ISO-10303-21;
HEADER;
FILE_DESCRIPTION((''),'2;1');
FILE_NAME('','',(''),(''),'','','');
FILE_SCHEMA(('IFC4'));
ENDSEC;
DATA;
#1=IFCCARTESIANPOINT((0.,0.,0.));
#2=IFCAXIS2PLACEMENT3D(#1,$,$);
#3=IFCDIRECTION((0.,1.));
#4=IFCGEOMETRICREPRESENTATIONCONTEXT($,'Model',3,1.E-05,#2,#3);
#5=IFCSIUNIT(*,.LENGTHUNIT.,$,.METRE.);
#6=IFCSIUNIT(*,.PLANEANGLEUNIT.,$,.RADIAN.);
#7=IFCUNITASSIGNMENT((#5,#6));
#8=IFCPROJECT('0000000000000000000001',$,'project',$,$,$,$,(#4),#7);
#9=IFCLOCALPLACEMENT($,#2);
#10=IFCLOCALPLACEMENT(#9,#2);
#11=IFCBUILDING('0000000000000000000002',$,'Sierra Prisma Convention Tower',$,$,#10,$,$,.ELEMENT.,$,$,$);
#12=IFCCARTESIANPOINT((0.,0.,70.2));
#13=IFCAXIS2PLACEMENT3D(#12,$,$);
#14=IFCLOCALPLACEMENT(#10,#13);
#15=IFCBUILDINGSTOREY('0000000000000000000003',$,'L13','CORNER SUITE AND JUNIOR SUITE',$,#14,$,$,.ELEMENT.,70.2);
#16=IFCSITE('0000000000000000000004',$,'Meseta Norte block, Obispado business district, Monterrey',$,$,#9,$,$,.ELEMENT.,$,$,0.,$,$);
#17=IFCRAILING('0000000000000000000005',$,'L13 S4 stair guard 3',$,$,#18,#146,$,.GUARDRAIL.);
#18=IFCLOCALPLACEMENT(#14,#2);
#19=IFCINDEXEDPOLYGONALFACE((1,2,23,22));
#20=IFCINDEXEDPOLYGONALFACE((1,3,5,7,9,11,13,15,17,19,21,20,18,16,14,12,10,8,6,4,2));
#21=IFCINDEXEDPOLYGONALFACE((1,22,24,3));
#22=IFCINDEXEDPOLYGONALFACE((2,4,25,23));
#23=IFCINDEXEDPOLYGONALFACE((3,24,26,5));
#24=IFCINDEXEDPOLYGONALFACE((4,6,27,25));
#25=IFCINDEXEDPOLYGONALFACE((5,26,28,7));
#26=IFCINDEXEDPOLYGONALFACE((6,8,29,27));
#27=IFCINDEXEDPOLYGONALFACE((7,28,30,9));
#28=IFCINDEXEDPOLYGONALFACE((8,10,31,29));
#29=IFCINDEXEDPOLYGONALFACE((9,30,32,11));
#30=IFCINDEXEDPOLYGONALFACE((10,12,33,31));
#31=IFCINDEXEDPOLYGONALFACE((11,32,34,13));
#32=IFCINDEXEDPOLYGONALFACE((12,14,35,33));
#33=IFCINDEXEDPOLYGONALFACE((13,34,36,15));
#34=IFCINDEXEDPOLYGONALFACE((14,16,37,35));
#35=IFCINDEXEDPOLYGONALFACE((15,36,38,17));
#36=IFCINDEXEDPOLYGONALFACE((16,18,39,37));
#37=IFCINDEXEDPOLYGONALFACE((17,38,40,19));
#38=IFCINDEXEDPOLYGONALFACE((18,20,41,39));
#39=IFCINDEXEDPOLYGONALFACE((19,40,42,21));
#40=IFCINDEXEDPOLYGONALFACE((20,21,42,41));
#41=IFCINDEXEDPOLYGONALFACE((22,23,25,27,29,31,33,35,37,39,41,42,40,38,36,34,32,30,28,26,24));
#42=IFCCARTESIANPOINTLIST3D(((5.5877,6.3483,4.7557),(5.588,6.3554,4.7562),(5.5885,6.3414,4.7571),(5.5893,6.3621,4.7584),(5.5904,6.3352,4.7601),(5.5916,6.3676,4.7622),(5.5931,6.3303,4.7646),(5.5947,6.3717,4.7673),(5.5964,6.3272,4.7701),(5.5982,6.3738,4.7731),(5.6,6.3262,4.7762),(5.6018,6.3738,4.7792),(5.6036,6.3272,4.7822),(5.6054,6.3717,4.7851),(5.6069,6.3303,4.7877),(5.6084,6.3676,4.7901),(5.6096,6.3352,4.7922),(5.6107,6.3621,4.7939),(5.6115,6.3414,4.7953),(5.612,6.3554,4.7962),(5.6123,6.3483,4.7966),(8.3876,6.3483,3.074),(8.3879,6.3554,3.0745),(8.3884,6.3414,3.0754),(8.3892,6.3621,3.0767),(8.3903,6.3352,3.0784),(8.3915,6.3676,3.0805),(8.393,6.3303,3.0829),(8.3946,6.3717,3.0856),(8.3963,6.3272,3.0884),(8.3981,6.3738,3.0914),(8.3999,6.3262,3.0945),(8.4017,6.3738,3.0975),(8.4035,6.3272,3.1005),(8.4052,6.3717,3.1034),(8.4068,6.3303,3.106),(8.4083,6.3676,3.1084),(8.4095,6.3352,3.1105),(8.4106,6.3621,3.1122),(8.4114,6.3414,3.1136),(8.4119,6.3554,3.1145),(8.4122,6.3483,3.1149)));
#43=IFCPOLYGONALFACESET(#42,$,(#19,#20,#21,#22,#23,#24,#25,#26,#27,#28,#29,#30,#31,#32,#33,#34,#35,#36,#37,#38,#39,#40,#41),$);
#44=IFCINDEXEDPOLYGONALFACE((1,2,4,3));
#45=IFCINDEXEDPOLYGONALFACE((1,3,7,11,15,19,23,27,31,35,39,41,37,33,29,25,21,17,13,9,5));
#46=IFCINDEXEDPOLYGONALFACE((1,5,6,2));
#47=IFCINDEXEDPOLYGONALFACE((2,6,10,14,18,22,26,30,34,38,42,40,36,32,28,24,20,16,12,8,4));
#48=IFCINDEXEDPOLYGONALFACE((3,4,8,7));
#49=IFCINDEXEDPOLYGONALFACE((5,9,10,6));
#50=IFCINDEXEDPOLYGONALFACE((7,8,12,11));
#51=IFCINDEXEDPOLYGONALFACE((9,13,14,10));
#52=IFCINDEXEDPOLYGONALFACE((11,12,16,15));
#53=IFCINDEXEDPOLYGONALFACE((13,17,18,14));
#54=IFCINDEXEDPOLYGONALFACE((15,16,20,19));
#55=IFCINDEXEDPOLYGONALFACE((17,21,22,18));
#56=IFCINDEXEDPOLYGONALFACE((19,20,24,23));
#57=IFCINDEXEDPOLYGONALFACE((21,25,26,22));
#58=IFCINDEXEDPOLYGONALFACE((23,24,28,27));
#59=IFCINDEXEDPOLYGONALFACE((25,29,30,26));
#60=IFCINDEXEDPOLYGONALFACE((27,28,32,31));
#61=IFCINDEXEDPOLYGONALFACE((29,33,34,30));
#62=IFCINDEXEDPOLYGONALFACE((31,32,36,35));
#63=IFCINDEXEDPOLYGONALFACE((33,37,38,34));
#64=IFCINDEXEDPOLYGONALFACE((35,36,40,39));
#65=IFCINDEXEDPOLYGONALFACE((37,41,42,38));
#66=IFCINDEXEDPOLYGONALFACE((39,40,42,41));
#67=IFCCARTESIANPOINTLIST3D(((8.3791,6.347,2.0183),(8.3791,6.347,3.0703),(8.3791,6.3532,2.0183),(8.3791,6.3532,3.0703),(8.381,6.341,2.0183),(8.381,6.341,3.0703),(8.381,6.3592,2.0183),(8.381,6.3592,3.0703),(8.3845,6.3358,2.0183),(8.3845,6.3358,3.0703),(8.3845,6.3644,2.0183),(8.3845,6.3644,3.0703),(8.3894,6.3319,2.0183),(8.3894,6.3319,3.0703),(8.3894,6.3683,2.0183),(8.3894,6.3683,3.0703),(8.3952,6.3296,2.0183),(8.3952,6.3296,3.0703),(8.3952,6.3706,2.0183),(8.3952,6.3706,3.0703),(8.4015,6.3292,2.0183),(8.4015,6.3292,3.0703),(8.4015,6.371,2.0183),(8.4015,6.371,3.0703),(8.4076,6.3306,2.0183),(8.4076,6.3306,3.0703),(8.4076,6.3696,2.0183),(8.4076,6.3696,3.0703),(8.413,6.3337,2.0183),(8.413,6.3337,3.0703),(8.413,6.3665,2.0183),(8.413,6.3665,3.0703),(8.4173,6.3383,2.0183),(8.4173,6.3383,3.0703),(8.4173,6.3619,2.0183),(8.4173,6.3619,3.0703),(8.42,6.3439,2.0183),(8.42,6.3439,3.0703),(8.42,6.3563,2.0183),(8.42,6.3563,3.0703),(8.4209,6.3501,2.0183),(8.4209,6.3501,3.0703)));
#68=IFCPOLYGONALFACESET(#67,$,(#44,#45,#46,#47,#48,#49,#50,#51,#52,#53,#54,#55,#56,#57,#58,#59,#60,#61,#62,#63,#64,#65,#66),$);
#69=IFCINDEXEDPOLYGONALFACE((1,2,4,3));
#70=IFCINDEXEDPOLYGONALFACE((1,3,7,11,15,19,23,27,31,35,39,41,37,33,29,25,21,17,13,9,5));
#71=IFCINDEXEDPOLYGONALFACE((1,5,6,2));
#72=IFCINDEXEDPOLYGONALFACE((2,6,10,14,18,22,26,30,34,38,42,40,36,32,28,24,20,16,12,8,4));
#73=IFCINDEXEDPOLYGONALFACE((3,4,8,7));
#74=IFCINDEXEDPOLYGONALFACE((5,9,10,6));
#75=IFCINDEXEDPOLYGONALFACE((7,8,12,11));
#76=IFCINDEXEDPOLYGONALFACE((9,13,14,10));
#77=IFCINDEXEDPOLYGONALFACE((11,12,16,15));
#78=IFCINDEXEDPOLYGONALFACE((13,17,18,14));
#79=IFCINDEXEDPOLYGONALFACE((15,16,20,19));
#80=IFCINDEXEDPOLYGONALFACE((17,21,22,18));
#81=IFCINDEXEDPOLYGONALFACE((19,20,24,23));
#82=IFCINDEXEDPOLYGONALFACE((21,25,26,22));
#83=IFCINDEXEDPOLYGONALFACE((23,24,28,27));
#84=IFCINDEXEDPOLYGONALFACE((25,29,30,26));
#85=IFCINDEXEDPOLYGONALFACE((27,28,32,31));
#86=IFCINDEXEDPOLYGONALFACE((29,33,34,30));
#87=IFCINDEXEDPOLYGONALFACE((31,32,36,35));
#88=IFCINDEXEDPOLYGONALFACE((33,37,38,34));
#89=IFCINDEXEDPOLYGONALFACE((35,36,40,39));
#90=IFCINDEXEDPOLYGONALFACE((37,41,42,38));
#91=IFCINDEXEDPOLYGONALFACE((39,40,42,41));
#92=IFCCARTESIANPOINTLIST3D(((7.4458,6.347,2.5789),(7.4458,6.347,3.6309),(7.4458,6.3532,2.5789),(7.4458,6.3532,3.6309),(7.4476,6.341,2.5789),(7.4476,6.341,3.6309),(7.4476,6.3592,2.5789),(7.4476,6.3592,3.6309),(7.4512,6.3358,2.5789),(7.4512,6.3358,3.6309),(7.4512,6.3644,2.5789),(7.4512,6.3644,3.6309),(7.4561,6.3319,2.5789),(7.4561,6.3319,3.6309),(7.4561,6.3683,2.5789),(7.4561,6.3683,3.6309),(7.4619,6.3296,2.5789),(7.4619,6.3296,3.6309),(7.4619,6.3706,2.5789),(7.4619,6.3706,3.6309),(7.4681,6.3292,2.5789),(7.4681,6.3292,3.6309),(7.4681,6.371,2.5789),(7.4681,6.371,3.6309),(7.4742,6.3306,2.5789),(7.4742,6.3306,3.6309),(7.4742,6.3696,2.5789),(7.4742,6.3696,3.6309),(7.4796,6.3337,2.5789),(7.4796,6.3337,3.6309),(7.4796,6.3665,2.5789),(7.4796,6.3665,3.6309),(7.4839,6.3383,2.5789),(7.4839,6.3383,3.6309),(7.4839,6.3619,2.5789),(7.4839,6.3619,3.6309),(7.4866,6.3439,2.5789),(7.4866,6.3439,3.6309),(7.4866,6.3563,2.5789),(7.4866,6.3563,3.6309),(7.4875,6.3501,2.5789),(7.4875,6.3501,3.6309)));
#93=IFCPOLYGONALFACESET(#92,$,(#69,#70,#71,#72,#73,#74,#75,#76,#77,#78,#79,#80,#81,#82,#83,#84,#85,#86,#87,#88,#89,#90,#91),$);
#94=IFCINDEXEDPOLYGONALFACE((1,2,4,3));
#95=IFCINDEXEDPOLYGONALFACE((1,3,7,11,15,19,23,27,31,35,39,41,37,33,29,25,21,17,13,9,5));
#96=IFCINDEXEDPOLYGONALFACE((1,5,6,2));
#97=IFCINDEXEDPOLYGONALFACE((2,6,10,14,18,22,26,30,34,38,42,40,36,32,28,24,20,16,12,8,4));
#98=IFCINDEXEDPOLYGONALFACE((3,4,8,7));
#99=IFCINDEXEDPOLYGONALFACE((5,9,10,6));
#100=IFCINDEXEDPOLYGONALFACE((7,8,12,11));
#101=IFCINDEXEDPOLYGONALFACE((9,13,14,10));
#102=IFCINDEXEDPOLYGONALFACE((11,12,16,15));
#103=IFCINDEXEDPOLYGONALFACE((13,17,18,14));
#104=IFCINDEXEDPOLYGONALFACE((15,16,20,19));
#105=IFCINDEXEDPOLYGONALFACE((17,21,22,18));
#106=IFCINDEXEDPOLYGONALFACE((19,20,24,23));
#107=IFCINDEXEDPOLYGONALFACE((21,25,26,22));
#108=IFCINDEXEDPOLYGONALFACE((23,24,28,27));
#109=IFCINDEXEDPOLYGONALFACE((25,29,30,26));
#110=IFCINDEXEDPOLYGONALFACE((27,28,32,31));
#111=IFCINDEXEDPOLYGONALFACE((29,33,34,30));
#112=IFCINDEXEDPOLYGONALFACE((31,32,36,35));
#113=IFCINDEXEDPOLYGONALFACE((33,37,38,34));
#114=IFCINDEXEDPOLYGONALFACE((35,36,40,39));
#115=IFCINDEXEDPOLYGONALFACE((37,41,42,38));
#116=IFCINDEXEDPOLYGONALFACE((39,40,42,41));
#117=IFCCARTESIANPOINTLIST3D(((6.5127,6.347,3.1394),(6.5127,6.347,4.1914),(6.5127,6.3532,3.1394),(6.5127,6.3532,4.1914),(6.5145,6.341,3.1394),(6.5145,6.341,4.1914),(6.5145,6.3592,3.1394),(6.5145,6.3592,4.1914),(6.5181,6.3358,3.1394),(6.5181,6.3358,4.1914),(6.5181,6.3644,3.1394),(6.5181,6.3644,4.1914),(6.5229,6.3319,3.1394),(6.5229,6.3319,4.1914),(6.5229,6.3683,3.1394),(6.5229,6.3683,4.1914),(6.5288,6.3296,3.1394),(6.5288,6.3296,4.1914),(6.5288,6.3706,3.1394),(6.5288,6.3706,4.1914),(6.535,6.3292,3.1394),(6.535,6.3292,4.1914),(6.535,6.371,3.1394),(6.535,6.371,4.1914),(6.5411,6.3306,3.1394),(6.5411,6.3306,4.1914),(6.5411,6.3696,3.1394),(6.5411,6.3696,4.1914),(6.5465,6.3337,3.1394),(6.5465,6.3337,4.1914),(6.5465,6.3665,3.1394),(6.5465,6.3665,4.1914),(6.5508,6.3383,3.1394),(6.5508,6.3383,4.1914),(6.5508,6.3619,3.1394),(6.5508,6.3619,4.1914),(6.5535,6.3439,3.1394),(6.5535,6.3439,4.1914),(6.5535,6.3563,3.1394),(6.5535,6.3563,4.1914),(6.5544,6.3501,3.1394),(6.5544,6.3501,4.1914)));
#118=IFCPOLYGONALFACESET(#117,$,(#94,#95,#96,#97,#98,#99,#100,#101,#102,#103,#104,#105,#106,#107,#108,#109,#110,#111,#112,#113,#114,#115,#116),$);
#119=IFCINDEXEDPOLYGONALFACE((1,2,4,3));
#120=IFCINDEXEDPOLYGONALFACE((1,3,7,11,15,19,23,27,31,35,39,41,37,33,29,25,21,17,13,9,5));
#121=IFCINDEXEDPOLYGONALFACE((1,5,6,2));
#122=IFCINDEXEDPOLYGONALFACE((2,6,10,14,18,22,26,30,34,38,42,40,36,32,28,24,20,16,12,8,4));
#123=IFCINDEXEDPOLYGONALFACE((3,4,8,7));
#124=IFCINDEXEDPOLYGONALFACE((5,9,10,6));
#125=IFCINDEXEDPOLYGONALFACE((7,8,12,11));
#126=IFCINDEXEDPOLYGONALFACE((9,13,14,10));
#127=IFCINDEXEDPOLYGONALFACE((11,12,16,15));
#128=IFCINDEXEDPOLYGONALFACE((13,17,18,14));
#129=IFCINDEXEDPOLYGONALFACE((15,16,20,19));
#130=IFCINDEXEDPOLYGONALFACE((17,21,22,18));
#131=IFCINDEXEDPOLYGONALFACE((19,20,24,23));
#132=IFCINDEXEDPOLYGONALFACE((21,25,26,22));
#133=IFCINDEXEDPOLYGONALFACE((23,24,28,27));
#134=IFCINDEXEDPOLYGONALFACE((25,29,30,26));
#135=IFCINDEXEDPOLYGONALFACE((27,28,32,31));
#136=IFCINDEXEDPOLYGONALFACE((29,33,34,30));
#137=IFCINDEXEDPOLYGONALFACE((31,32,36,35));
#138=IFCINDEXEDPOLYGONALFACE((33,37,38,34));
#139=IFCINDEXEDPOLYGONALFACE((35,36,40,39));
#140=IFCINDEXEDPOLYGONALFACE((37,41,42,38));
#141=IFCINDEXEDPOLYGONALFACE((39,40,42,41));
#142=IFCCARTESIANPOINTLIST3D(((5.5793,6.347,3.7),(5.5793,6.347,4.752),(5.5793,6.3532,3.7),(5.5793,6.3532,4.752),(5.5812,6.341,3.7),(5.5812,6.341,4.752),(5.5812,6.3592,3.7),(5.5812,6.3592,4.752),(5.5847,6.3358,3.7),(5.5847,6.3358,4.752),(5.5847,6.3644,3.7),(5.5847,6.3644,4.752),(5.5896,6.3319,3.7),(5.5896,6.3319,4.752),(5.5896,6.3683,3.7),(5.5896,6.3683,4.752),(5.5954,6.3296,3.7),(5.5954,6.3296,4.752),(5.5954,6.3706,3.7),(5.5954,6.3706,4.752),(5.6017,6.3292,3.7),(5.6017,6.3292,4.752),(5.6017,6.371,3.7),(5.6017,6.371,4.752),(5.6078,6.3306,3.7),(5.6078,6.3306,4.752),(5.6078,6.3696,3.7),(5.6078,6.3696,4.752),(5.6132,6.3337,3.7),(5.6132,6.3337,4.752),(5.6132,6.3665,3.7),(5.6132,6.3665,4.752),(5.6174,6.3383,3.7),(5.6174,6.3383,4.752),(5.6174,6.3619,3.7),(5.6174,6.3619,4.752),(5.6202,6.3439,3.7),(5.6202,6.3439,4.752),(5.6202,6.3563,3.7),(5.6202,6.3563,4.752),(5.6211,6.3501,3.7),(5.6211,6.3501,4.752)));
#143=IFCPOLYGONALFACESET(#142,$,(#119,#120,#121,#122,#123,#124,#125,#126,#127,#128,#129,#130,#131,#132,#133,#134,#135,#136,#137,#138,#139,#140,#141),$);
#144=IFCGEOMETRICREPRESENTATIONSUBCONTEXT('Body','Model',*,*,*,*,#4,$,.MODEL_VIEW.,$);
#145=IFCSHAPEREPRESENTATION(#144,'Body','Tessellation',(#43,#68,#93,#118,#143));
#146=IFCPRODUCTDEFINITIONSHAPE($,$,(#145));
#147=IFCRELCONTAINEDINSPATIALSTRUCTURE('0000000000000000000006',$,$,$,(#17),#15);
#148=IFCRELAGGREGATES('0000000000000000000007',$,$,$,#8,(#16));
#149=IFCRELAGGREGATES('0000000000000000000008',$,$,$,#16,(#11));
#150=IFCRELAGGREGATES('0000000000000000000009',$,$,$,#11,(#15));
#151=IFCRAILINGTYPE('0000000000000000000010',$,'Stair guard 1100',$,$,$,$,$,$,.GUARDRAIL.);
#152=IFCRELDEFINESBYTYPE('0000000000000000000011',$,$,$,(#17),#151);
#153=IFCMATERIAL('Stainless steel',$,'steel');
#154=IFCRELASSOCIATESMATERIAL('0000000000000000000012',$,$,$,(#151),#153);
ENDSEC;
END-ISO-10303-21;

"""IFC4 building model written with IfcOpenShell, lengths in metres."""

from ifc_helpers import new_model, si_unit, direction, frame, origin, origin_2d, place, context, subcontext, project, spatial, circle, extrude, material, type_object, element, save


model = new_model("IFC4")

# Units and contexts
model_context = context("Model", 3, precision=1e-05, world=origin(), true_north=direction((0.0, 1.0)))
body_context = subcontext(model_context, "Body", "Model", "MODEL_VIEW")
ifc_project = project(units=[si_unit("LENGTHUNIT", "METRE"), si_unit("PLANEANGLEUNIT", "RADIAN")], contexts=[model_context])

# Site, building, storey
site_placement = place(None, origin())
site = spatial("IfcSite", under=ifc_project, at=site_placement, Name="Meseta Norte block, Obispado business district, Monterrey", CompositionType="ELEMENT", RefElevation=0.0)
building_placement = place(site_placement, origin())
building = spatial("IfcBuilding", under=site, at=building_placement, Name="Sierra Prisma Convention Tower", CompositionType="ELEMENT")
storey_placement = place(building_placement, frame((0.0, 0.0, 70.2)))
storey = spatial("IfcBuildingStorey", under=building, at=storey_placement, Name="L13", Description="CORNER SUITE AND JUNIOR SUITE", CompositionType="ELEMENT", Elevation=70.2)

# Railing
ifc_material_1 = material(Name="Stainless steel", Category="steel")
railing_type_1 = type_object("IfcRailingType", Name="Stair guard 1100", PredefinedType="GUARDRAIL", material=ifc_material_1)
railing_1_placement = place(storey_placement, frame((8.3999, 6.3501, 2.0183)))
element("IfcRailing", 1, at=railing_1_placement, inside=storey, type_object=railing_type_1, Name="L13 S4 stair guard 3", PredefinedType="GUARDRAIL", context=body_context, shape_type="SweptSolid", body=[
    extrude(circle(Radius=0.0239, at=origin_2d()), frame((0.0, 0.0, 1.0762), z_axis=(-0.857255, 0.0, 0.514891), x_axis=(0.0, -1.0, 0.0)), (0.0, 0.0, 1.0), 3.2661),
    extrude(circle(Radius=0.021, at=origin_2d()), origin(), (0.0, 0.0, 1.0), 1.052),
    extrude(circle(Radius=0.021, at=origin_2d()), frame((-0.9333, 0.0, 0.5605)), (0.0, 0.0, 1.0), 1.052),
    extrude(circle(Radius=0.021, at=origin_2d()), frame((-1.8665, 0.0, 1.1211)), (0.0, 0.0, 1.0), 1.052),
    extrude(circle(Radius=0.021, at=origin_2d()), frame((-2.7998, 0.0, 1.6816)), (0.0, 0.0, 1.0), 1.052),
])

save(model, "model.ifc")
